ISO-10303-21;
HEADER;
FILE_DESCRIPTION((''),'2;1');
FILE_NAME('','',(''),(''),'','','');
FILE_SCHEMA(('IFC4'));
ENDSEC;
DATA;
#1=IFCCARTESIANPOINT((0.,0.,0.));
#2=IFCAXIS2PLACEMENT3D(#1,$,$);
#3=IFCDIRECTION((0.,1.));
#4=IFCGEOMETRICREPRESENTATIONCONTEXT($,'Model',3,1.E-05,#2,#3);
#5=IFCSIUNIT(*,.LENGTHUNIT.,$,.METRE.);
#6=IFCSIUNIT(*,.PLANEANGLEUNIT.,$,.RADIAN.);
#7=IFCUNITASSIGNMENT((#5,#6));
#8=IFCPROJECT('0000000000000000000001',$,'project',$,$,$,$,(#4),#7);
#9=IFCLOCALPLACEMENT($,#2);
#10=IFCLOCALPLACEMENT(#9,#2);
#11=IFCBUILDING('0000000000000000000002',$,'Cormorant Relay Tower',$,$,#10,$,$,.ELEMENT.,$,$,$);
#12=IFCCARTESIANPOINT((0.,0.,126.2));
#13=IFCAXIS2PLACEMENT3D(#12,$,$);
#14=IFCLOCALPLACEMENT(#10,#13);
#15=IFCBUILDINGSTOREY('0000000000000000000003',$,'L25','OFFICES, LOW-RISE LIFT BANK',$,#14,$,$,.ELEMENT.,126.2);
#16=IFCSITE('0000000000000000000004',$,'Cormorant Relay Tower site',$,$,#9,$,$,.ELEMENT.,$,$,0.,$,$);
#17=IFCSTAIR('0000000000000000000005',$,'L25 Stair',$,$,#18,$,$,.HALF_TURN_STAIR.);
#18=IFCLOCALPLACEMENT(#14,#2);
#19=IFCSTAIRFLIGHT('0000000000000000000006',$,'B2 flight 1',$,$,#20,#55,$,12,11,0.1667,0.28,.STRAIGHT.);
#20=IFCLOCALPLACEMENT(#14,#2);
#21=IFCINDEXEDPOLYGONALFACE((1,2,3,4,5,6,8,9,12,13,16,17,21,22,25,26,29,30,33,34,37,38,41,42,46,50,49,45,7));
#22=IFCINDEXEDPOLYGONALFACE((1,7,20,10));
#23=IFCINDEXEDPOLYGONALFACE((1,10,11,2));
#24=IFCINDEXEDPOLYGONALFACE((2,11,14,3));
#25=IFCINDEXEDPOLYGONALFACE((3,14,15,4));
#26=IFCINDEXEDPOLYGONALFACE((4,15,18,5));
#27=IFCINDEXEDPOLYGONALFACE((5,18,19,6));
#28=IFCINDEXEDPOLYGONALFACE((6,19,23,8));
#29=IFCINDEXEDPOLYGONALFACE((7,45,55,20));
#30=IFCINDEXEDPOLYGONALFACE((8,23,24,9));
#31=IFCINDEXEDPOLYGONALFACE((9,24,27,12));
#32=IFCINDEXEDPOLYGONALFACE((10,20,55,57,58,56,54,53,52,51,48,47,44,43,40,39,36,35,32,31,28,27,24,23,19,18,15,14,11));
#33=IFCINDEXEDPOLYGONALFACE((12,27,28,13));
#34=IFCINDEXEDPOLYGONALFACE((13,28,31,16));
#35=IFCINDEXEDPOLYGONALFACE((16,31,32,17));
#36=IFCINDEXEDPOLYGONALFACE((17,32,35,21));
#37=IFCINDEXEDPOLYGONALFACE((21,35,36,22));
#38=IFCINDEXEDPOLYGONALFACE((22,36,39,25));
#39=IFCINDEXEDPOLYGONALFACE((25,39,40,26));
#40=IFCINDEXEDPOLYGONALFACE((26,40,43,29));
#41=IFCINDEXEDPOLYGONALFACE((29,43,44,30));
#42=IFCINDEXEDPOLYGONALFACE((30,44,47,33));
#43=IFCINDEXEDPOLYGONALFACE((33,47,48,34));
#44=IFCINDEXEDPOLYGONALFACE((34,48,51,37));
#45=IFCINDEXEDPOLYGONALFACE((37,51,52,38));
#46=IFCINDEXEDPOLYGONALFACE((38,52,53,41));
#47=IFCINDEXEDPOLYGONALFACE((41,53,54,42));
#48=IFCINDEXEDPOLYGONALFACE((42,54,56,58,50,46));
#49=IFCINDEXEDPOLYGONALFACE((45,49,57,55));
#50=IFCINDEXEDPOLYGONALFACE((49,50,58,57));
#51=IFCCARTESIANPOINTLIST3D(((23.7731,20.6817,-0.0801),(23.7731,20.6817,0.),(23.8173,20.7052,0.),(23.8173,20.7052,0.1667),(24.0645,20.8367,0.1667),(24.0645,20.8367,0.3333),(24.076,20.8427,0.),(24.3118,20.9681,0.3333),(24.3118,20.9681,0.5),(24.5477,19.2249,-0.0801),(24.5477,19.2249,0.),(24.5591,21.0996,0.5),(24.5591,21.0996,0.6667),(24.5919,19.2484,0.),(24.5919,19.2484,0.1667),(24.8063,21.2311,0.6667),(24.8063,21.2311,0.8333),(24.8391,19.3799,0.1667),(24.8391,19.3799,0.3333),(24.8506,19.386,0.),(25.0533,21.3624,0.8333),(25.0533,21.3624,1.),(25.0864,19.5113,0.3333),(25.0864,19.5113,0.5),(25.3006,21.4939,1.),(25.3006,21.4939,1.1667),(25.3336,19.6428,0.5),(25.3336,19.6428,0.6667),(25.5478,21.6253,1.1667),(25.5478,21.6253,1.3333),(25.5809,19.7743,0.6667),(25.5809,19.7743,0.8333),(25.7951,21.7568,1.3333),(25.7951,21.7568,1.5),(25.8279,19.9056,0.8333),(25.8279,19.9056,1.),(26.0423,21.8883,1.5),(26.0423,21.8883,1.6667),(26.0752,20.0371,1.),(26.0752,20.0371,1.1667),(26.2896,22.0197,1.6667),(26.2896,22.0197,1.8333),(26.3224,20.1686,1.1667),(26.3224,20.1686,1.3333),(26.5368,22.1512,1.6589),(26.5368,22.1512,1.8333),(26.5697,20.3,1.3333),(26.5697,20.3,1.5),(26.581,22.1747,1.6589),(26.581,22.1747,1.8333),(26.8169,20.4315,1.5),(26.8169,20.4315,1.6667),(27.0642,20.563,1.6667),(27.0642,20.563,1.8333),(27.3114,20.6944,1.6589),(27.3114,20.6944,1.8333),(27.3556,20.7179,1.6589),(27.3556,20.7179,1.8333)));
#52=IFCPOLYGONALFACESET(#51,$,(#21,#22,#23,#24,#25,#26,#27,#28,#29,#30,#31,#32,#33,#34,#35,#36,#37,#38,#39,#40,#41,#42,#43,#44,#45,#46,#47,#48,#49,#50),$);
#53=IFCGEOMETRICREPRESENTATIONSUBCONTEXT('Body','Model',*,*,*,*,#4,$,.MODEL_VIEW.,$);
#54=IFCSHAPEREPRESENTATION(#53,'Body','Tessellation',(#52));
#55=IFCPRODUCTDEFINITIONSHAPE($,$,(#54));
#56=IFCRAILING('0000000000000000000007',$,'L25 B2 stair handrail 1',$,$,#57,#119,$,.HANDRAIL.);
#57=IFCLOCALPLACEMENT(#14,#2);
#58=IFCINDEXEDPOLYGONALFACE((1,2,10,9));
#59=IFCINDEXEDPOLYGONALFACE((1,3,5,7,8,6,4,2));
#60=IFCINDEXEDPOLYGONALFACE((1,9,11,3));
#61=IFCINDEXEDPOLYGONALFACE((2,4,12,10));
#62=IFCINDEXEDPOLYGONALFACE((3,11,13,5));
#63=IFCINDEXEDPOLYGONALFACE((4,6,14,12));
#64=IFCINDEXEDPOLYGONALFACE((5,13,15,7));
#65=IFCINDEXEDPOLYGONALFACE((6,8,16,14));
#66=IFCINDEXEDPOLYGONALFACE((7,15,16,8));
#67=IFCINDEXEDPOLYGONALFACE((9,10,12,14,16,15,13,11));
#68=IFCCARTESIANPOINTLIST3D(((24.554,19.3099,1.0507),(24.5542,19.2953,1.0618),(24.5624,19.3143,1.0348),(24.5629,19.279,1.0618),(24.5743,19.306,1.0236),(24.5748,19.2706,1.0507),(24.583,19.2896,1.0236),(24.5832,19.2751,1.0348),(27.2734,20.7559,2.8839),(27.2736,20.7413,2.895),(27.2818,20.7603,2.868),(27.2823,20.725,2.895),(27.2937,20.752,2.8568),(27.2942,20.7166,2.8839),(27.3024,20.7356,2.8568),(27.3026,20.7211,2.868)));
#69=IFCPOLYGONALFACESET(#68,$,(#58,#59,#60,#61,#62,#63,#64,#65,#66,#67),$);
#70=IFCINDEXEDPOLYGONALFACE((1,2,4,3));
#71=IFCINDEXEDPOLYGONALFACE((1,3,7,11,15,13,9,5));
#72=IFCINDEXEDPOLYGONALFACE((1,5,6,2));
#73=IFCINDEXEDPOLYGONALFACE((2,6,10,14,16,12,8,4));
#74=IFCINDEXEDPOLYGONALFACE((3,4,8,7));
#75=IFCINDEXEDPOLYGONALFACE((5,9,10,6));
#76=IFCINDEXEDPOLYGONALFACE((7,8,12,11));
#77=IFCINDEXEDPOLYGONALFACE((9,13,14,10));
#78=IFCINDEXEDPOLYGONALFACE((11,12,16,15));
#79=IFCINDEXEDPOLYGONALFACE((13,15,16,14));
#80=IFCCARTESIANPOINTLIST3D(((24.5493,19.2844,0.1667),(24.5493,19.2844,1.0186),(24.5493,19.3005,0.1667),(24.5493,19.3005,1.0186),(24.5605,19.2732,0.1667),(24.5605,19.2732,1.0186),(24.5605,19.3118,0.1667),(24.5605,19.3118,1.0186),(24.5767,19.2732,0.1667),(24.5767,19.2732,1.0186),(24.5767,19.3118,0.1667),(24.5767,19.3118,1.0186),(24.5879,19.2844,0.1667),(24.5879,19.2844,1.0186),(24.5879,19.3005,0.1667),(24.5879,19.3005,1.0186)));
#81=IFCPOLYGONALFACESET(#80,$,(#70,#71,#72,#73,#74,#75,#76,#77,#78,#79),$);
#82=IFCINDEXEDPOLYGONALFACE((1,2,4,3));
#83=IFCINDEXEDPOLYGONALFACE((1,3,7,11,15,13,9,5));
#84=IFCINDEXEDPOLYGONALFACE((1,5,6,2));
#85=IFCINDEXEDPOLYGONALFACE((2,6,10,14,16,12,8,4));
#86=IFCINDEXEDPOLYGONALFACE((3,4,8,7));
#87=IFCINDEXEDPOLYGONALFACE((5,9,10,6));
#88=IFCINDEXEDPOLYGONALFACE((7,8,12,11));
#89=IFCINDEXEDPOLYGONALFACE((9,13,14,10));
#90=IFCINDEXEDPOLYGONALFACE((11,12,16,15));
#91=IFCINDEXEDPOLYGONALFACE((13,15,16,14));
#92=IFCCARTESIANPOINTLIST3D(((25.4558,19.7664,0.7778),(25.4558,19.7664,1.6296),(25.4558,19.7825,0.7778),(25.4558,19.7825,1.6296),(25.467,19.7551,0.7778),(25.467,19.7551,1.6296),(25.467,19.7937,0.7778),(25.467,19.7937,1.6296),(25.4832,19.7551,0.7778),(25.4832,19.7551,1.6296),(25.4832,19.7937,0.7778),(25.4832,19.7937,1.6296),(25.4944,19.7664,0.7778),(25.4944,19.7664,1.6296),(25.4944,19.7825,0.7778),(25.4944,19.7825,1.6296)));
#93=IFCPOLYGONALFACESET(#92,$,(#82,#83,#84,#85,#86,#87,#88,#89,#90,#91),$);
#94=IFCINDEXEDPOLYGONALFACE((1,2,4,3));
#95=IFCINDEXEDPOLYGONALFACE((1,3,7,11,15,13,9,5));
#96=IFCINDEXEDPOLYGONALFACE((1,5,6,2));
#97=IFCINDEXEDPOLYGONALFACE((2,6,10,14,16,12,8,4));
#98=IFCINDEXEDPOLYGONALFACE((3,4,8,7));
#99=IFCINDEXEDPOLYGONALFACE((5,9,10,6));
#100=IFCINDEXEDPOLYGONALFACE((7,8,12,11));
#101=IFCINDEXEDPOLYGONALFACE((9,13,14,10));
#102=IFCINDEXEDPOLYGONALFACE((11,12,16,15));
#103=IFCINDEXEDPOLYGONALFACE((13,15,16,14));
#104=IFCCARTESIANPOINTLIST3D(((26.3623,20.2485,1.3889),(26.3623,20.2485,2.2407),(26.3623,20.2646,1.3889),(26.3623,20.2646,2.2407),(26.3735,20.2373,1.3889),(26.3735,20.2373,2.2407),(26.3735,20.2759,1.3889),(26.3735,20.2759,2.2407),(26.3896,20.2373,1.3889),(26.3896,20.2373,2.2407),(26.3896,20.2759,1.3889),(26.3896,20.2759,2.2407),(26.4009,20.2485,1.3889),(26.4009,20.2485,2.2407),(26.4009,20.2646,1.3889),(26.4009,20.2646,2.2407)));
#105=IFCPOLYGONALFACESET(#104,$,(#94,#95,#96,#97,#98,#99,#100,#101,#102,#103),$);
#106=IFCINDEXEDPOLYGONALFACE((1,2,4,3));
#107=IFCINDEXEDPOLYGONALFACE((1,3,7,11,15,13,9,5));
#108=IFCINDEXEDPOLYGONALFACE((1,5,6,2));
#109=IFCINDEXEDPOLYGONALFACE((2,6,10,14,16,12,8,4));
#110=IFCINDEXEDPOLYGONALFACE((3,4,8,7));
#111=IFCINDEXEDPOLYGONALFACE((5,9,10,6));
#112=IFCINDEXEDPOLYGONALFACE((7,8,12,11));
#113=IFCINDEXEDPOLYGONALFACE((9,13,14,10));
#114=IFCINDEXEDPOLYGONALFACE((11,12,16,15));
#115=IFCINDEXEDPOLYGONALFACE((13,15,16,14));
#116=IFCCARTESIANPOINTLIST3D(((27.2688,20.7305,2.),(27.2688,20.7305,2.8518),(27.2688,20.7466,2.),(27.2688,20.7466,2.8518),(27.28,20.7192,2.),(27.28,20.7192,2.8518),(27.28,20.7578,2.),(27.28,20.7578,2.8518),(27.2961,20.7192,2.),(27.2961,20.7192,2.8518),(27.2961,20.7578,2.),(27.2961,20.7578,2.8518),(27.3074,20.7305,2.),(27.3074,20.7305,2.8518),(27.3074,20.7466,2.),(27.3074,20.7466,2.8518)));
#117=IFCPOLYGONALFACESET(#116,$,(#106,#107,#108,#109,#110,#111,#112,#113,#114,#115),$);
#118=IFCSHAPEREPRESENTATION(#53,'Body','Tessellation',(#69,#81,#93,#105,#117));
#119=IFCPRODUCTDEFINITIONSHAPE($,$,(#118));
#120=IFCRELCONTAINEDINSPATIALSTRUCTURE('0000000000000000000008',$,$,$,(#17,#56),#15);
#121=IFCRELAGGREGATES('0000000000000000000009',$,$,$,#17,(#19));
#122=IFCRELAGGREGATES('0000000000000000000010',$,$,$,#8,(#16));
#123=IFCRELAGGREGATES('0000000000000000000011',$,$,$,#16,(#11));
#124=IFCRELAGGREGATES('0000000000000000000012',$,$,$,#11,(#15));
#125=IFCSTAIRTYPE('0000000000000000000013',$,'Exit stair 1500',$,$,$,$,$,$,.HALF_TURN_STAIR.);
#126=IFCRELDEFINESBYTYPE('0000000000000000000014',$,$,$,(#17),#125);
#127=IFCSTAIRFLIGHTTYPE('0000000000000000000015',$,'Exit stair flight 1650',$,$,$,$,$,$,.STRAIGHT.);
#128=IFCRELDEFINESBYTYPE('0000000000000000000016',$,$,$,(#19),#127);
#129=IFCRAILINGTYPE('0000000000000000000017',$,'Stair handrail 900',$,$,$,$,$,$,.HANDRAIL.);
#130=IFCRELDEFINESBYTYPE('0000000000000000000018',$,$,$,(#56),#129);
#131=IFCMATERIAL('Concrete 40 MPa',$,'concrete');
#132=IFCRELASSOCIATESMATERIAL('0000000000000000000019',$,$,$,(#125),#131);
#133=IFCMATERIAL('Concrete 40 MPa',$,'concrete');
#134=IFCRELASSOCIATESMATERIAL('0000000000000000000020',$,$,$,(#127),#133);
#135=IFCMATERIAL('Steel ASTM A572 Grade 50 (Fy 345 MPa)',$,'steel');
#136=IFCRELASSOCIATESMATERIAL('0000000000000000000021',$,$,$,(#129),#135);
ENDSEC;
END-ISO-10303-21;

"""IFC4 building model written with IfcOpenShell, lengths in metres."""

from ifc_helpers import new_model, si_unit, direction, frame, origin, place, context, subcontext, project, spatial, polyline, outline, extrude, material, type_object, element, aggregate, save


model = new_model("IFC4")

# Units and contexts
model_context = context("Model", 3, precision=1e-05, world=origin(), true_north=direction((0.0, 1.0)))
body_context = subcontext(model_context, "Body", "Model", "MODEL_VIEW")
ifc_project = project(units=[si_unit("LENGTHUNIT", "METRE"), si_unit("PLANEANGLEUNIT", "RADIAN")], contexts=[model_context])

# Site, building, storey
site_placement = place(None, origin())
site = spatial("IfcSite", under=ifc_project, at=site_placement, Name="Cormorant Relay Tower site", CompositionType="ELEMENT", RefElevation=0.0)
building_placement = place(site_placement, origin())
building = spatial("IfcBuilding", under=site, at=building_placement, Name="Cormorant Relay Tower", CompositionType="ELEMENT")
storey_placement = place(building_placement, frame((0.0, 0.0, 126.2)))
storey = spatial("IfcBuildingStorey", under=building, at=storey_placement, Name="L25", Description="OFFICES, LOW-RISE LIFT BANK", CompositionType="ELEMENT", Elevation=126.2)

# Stair, stair flight
ifc_material_1 = material(Name="Concrete 40 MPa", Category="concrete")
stair_type = type_object("IfcStairType", Name="Exit stair 1500", PredefinedType="HALF_TURN_STAIR", material=ifc_material_1)
stair_placement = place(storey_placement, origin())
stair = element("IfcStair", 1, at=stair_placement, inside=storey, type_object=stair_type, Name="L25 Stair", PredefinedType="HALF_TURN_STAIR")
ifc_material_2 = material(Name="Concrete 40 MPa", Category="concrete")
stair_flight_type = type_object("IfcStairFlightType", Name="Exit stair flight 1650", PredefinedType="STRAIGHT", material=ifc_material_2)
stair_flight_placement = place(storey_placement, frame((24.2046, 19.9768, 0.0), z_axis=(0.0, 0.0, 1.0), x_axis=(0.882948, 0.469472, 0.0)))
stair_flight = element("IfcStairFlight", 2, at=stair_flight_placement, type_object=stair_flight_type, Name="B2 flight 1", NumberOfRisers=12, NumberOfTreads=11, PredefinedType="STRAIGHT", RiserHeight=0.1667, TreadLength=0.28, context=body_context, shape_type="SweptSolid", body=[
    extrude(outline(polyline([(-0.05, -0.0801), (-0.05, 0.0), (0.0, 0.0), (0.0, 0.1667), (0.28, 0.1667), (0.28, 0.3333), (0.5601, 0.3333), (0.5601, 0.5), (0.8401, 0.5), (0.8401, 0.6667), (1.1201, 0.6667), (1.1201, 0.8333), (1.3999, 0.8333), (1.3999, 1.0), (1.6799, 1.0), (1.6799, 1.1667), (1.96, 1.1667), (1.96, 1.3333), (2.24, 1.3333), (2.24, 1.5), (2.52, 1.5), (2.52, 1.6667), (2.8, 1.6667), (2.8, 1.8333), (3.0801, 1.8333), (3.1301, 1.8333), (3.1301, 1.6589), (3.0801, 1.6589), (0.293, 0.0), (-0.05, -0.0801)])), frame((0.0, 0.825, 0.0), z_axis=(0.0, -1.0, 0.0), x_axis=(1.0, 0.0, 0.0)), (0.0, 0.0, 1.0), 1.6499),
])
aggregate(stair, [stair_flight])

# Railing
ifc_material_3 = material(Name="Steel ASTM A572 Grade 50 (Fy 345 MPa)", Category="steel")
railing_type = type_object("IfcRailingType", Name="Stair handrail 900", PredefinedType="HANDRAIL", material=ifc_material_3)
railing_placement = place(storey_placement, frame((24.5686, 19.2925, 0.1667)))
element("IfcRailing", 3, at=railing_placement, inside=storey, type_object=railing_type, Name="L25 B2 stair handrail 1", PredefinedType="HANDRAIL", context=body_context, shape_type="SweptSolid", body=[
    extrude(outline(polyline([(0.0222, 0.0093), (0.0093, 0.0222), (-0.0093, 0.0222), (-0.0222, 0.0093), (-0.0222, -0.0093), (-0.0093, -0.0222), (0.0093, -0.0222), (0.0222, -0.0093), (0.0222, 0.0093)])), frame((0.0, 0.0, 0.876), z_axis=(0.758714, 0.403435, 0.511463), x_axis=(-0.469489, 0.882938, 0.0)), (0.0, 0.0, 1.0), 3.5842),
    extrude(outline(polyline([(0.0193, 0.0081), (0.0081, 0.0193), (-0.0081, 0.0193), (-0.0193, 0.0081), (-0.0193, -0.0081), (-0.0081, -0.0193), (0.0081, -0.0193), (0.0193, -0.0081), (0.0193, 0.0081)])), origin(), (0.0, 0.0, 1.0), 0.8518),
    extrude(outline(polyline([(0.0193, 0.0081), (0.0081, 0.0193), (-0.0081, 0.0193), (-0.0193, 0.0081), (-0.0193, -0.0081), (-0.0081, -0.0193), (0.0081, -0.0193), (0.0193, -0.0081), (0.0193, 0.0081)])), frame((0.9065, 0.4819, 0.6111)), (0.0, 0.0, 1.0), 0.8518),
    extrude(outline(polyline([(0.0193, 0.0081), (0.0081, 0.0193), (-0.0081, 0.0193), (-0.0193, 0.0081), (-0.0193, -0.0081), (-0.0081, -0.0193), (0.0081, -0.0193), (0.0193, -0.0081), (0.0193, 0.0081)])), frame((1.813, 0.9641, 1.2222)), (0.0, 0.0, 1.0), 0.8518),
    extrude(outline(polyline([(0.0193, 0.0081), (0.0081, 0.0193), (-0.0081, 0.0193), (-0.0193, 0.0081), (-0.0193, -0.0081), (-0.0081, -0.0193), (0.0081, -0.0193), (0.0193, -0.0081), (0.0193, 0.0081)])), frame((2.7195, 1.446, 1.8333)), (0.0, 0.0, 1.0), 0.8518),
])

save(model, "model.ifc")
